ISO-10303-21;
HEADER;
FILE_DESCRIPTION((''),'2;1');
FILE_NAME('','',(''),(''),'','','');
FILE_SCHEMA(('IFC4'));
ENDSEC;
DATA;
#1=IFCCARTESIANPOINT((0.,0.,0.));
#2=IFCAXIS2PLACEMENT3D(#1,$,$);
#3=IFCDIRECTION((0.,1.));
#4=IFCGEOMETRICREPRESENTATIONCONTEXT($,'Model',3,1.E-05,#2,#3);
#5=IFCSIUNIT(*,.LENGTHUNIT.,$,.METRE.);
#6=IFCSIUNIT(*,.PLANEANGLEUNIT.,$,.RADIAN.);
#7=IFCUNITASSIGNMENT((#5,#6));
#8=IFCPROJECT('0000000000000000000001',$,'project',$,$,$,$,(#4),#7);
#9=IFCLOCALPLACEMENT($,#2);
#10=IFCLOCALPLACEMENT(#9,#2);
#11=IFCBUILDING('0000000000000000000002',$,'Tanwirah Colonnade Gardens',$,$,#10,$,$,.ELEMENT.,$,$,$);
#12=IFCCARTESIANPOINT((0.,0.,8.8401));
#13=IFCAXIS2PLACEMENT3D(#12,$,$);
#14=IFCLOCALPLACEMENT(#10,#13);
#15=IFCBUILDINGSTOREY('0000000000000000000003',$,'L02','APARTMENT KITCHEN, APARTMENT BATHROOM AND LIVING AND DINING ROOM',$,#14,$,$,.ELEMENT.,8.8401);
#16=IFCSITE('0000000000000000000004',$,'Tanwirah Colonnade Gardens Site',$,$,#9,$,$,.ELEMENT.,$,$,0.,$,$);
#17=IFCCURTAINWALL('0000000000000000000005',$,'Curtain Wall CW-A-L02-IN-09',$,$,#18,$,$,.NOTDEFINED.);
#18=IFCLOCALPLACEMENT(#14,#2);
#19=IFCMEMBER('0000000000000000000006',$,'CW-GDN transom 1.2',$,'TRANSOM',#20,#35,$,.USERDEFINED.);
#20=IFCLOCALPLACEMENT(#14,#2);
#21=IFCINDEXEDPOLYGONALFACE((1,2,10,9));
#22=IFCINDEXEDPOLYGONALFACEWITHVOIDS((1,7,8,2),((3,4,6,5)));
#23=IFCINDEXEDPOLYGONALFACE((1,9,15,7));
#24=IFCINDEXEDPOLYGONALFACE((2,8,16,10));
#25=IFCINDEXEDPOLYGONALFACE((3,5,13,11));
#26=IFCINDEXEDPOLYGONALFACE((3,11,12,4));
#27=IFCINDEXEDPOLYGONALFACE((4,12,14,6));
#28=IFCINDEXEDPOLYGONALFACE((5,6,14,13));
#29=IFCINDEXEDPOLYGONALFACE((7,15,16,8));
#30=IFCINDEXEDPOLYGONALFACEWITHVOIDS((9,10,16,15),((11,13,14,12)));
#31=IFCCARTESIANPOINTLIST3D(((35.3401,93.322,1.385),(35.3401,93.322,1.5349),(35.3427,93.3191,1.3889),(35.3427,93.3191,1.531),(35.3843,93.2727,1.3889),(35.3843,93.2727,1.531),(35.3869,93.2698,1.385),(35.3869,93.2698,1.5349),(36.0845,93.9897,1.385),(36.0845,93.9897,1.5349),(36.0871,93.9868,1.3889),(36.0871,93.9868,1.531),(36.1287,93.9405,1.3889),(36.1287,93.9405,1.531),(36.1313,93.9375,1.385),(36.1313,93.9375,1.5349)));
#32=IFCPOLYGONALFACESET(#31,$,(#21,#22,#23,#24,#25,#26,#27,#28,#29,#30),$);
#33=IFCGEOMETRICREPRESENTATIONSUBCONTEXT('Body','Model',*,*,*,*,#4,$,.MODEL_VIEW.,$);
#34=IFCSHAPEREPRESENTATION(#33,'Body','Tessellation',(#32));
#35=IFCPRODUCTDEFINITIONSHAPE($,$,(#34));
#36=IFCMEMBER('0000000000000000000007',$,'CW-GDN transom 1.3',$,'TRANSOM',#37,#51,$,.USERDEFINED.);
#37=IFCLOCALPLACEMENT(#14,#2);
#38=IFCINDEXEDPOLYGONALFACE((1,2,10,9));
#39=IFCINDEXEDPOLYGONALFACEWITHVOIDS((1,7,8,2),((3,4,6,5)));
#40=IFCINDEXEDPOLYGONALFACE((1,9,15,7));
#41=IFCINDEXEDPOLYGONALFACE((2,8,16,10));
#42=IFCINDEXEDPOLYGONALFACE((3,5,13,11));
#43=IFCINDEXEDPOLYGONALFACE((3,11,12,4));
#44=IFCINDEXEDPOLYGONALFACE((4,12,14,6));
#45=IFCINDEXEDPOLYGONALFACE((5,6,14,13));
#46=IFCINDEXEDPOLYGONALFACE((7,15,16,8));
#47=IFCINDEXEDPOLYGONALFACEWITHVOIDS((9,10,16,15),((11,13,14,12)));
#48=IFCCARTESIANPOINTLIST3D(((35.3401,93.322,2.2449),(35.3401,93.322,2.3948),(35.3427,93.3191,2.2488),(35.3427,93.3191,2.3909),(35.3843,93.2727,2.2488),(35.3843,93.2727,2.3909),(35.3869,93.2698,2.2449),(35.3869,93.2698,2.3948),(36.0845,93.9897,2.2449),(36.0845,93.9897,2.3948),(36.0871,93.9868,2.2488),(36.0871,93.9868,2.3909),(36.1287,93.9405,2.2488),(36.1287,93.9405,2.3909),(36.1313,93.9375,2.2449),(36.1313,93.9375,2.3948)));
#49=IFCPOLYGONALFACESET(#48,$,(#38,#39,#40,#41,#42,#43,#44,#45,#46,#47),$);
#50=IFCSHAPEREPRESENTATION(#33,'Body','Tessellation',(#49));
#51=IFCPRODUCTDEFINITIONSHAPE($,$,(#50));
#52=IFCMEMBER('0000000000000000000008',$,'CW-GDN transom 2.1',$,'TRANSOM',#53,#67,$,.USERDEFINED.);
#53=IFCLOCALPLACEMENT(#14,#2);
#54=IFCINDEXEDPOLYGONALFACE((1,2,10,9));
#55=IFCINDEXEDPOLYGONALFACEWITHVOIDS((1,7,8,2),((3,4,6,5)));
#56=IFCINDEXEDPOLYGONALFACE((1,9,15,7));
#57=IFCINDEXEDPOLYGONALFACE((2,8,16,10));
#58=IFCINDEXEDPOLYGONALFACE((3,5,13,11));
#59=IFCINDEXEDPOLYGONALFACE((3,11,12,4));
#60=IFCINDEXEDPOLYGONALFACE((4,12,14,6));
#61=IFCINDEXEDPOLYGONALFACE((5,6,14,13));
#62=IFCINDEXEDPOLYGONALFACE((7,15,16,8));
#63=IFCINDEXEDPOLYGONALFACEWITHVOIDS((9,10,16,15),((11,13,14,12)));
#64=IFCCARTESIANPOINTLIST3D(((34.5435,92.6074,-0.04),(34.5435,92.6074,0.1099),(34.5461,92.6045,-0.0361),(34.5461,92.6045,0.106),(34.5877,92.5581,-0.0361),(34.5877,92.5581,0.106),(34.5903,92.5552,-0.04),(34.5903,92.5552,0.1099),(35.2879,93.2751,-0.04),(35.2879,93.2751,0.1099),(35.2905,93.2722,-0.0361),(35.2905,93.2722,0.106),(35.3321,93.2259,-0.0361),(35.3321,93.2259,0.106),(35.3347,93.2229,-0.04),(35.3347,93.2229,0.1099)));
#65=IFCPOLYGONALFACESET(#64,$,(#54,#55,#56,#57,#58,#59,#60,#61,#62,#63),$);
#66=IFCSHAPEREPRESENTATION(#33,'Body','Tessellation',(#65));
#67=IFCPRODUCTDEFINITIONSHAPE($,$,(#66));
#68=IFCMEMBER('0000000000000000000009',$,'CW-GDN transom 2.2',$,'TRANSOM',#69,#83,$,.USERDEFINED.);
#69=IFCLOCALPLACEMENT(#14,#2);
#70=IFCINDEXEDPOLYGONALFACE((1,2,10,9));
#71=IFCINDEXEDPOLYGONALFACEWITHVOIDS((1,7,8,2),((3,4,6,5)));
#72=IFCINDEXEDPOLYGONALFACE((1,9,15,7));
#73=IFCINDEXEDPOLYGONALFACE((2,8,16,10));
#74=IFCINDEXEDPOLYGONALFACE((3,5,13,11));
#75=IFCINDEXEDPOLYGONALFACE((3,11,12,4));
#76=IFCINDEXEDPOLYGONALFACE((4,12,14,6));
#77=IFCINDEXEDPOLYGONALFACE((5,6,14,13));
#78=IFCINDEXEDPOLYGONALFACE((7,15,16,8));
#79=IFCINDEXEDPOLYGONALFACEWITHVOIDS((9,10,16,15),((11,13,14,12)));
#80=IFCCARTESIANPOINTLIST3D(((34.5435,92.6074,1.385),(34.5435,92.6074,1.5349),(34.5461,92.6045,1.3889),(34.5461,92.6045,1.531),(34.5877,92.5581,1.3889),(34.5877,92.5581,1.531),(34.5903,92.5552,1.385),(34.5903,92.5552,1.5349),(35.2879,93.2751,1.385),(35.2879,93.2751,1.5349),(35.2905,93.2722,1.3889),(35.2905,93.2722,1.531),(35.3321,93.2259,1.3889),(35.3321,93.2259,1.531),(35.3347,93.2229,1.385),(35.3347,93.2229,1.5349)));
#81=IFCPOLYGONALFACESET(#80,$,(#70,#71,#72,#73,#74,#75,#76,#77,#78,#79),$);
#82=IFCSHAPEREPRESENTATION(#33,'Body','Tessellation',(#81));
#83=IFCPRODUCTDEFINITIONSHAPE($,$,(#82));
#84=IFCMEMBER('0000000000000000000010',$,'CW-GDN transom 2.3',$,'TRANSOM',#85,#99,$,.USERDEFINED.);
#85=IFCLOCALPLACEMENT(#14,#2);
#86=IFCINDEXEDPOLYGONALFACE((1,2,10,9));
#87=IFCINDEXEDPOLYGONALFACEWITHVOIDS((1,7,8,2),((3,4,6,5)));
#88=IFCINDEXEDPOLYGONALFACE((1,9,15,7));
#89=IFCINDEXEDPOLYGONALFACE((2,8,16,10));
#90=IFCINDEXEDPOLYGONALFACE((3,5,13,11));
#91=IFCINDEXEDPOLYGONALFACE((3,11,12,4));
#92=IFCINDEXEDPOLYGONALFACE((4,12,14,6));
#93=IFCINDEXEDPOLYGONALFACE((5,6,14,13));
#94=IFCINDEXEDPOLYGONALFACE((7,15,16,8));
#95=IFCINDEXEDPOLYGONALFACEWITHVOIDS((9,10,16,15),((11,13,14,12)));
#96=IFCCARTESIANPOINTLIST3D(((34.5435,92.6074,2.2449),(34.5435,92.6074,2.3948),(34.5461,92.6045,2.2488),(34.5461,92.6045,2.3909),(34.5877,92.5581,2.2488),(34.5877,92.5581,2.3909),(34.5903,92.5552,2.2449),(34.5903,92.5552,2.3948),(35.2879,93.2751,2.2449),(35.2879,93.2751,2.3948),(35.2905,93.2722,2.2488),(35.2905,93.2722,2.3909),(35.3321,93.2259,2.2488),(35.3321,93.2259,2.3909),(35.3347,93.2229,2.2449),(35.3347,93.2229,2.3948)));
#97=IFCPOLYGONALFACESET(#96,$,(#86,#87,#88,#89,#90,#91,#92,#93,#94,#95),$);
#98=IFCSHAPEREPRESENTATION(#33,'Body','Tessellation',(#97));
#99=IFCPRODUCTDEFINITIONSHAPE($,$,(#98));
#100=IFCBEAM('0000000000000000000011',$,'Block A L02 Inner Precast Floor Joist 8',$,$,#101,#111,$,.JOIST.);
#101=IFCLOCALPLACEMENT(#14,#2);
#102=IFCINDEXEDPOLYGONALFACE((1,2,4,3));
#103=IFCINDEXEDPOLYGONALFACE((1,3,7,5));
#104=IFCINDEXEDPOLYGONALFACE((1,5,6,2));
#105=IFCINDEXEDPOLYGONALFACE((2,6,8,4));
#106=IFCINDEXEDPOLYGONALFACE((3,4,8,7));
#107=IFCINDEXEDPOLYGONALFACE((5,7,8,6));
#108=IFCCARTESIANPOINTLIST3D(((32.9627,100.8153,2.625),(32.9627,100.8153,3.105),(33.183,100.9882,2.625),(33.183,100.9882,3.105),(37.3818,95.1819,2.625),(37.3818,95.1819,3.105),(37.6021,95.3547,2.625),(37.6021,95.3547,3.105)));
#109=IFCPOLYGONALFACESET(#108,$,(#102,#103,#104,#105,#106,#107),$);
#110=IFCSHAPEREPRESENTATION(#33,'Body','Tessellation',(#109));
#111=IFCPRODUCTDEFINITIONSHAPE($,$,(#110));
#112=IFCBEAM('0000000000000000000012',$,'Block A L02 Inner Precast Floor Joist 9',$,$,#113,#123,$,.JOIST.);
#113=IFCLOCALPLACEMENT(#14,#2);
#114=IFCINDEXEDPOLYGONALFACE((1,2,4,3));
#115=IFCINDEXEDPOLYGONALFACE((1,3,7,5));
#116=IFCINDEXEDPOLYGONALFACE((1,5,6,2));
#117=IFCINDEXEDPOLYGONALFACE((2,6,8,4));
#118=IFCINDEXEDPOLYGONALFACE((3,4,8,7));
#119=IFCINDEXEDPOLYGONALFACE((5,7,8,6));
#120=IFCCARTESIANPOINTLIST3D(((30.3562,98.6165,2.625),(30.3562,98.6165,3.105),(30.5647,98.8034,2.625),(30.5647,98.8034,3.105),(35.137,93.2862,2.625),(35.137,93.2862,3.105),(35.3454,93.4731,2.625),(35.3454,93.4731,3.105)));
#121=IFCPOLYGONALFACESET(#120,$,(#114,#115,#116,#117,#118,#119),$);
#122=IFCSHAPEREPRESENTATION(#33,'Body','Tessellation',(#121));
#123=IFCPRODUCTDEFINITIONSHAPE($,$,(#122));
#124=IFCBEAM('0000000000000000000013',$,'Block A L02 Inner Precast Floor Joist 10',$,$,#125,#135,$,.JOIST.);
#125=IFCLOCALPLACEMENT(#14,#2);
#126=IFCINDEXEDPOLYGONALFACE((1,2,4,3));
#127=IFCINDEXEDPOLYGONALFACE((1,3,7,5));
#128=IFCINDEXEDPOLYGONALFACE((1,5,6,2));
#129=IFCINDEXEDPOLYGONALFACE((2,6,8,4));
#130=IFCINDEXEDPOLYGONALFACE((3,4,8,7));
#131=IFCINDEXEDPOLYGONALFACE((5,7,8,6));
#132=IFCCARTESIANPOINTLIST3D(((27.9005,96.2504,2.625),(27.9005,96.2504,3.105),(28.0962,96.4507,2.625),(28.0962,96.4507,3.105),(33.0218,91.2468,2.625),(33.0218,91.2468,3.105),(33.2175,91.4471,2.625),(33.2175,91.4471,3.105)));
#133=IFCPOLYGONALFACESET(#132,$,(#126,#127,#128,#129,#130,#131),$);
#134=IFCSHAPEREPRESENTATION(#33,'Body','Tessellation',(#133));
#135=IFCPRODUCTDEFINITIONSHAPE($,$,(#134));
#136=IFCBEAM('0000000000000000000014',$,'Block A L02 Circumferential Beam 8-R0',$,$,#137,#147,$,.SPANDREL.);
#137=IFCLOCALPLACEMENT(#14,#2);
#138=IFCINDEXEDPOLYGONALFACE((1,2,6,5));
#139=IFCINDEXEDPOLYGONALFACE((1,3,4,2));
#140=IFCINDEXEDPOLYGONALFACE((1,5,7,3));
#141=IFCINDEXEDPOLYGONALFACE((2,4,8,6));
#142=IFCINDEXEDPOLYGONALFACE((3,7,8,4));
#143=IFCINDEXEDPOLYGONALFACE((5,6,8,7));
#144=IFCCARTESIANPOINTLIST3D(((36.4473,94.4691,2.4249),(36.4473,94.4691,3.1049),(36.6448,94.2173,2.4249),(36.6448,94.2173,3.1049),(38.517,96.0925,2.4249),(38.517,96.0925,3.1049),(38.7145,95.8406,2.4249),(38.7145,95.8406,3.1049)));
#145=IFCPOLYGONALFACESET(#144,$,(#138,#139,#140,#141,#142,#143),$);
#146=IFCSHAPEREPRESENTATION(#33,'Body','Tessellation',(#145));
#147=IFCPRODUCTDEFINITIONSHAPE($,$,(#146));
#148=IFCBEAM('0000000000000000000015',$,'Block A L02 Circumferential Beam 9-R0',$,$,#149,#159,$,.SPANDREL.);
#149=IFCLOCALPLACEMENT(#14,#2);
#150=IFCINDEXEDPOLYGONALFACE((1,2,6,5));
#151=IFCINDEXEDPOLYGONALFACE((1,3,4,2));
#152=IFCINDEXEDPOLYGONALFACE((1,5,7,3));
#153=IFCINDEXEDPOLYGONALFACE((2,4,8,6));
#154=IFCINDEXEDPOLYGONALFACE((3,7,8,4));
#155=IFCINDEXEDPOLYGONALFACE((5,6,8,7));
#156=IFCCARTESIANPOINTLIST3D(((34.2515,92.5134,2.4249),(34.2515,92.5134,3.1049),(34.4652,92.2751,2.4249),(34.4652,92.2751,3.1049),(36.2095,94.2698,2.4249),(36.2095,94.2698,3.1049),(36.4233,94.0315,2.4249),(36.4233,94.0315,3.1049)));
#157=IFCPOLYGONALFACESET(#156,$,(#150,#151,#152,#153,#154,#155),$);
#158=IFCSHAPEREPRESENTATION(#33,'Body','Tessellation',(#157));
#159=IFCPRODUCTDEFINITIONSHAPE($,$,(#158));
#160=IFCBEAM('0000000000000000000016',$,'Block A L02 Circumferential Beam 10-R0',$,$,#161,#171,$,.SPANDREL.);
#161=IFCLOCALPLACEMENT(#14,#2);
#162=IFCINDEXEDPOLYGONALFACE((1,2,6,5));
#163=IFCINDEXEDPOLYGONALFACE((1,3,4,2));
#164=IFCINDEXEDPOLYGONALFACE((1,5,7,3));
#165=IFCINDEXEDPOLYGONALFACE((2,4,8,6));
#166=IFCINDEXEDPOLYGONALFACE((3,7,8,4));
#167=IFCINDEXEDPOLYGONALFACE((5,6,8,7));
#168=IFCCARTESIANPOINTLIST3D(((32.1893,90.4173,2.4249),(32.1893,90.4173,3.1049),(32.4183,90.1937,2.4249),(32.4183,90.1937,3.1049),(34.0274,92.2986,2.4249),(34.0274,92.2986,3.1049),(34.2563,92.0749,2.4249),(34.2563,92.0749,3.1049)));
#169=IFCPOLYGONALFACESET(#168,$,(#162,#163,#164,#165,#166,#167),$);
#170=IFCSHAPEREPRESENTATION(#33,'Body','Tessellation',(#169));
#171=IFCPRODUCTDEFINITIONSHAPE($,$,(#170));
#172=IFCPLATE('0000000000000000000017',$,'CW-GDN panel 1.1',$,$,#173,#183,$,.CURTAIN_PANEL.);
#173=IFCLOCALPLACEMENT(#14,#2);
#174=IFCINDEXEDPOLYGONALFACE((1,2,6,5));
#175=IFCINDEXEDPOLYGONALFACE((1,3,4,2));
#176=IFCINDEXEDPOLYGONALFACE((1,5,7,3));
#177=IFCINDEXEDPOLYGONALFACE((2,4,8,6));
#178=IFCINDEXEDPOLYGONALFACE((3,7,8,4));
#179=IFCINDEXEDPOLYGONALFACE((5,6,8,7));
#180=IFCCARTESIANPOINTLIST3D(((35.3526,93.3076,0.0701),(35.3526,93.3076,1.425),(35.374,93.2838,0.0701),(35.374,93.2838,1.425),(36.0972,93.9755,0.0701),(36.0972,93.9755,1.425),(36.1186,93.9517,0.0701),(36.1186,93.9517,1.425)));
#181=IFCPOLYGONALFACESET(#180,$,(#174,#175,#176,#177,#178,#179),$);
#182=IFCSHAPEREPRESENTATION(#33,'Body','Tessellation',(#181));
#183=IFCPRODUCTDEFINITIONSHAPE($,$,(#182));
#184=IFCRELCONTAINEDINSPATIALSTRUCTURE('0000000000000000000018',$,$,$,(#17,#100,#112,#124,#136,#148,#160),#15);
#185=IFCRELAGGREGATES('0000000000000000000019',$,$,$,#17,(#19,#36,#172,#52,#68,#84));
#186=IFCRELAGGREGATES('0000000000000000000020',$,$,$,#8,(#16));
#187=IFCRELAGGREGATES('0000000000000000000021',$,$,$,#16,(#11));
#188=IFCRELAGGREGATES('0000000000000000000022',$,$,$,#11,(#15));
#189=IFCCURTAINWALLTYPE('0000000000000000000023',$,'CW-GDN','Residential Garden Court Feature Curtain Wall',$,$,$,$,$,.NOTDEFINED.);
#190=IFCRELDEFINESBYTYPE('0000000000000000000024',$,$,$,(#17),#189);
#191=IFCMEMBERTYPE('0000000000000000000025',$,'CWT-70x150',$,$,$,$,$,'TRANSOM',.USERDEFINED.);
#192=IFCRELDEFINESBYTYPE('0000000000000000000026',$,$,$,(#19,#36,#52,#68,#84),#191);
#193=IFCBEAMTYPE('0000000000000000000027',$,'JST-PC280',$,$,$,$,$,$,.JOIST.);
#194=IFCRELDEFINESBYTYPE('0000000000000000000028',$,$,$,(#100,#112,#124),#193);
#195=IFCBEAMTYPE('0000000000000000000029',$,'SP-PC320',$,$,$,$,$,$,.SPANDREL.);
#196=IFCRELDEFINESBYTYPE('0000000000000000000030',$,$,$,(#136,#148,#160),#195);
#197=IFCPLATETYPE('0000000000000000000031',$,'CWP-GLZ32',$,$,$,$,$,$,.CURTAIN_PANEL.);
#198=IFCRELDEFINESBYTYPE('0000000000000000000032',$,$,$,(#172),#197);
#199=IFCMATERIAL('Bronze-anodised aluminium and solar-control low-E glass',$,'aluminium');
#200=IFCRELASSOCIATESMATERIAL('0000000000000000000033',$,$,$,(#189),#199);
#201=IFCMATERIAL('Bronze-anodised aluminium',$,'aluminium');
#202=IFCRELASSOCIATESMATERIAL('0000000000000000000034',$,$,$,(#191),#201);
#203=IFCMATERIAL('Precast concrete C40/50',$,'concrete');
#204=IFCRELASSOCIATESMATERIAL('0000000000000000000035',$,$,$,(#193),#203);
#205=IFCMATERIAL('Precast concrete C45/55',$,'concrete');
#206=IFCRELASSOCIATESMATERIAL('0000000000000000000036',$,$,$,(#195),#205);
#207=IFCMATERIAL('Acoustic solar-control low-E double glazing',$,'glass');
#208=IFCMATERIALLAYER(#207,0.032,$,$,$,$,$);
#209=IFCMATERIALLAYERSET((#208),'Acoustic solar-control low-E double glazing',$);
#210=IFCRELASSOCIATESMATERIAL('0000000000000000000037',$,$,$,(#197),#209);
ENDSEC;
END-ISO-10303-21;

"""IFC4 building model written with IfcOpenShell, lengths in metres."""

from ifc_helpers import new_model, si_unit, direction, frame, origin, origin_2d, place, context, subcontext, project, spatial, rectangle, hollow_rectangle, extrude, material, layer, layer_set, material_profile, profile_set, type_object, element, aggregate, save


model = new_model("IFC4")

# Units and contexts
model_context = context("Model", 3, precision=1e-05, world=origin(), true_north=direction((0.0, 1.0)))
body_context = subcontext(model_context, "Body", "Model", "MODEL_VIEW")
ifc_project = project(units=[si_unit("LENGTHUNIT", "METRE"), si_unit("PLANEANGLEUNIT", "RADIAN")], contexts=[model_context])

# Site, building, storey
site_placement = place(None, origin())
site = spatial("IfcSite", under=ifc_project, at=site_placement, Name="Tanwirah Colonnade Gardens Site", CompositionType="ELEMENT", RefElevation=0.0)
building_placement = place(site_placement, origin())
building = spatial("IfcBuilding", under=site, at=building_placement, Name="Tanwirah Colonnade Gardens", CompositionType="ELEMENT")
storey_placement = place(building_placement, frame((0.0, 0.0, 8.8401)))
storey = spatial("IfcBuildingStorey", under=building, at=storey_placement, Name="L02", Description="APARTMENT KITCHEN, APARTMENT BATHROOM AND LIVING AND DINING ROOM", CompositionType="ELEMENT", Elevation=8.8401)

# Shared definitions
ifc_material_1 = material(Name="Precast concrete C45/55", Category="concrete")
ifc_material_2 = material(Name="Precast concrete C40/50", Category="concrete")

# Curtain wall, members
ifc_material_3 = material(Name="Bronze-anodised aluminium and solar-control low-E glass", Category="aluminium")
curtain_wall_type = type_object("IfcCurtainWallType", Name="CW-GDN", Description="Residential Garden Court Feature Curtain Wall", PredefinedType="NOTDEFINED", material=ifc_material_3)
curtain_wall_placement = place(storey_placement, origin())
curtain_wall = element("IfcCurtainWall", 1, at=curtain_wall_placement, inside=storey, type_object=curtain_wall_type, Name="Curtain Wall CW-A-L02-IN-09", PredefinedType="NOTDEFINED")
ifc_material_4 = material(Name="Bronze-anodised aluminium", Category="aluminium")
ifc_material_profile_1 = material_profile(ifc_material_4, hollow_rectangle(XDim=0.0701, YDim=0.1499, WallThickness=0.0039, at=origin_2d()), Name="CW-TRN 70x150x4")
ifc_profile_set_1 = profile_set([ifc_material_profile_1], Name="Bronze-anodised aluminium")
member_type_1 = type_object("IfcMemberType", Name="CWT-70x150", ElementType="TRANSOM", PredefinedType="USERDEFINED", material=ifc_profile_set_1)
member_1_placement = place(storey_placement, frame((36.1079, 93.9636, 1.46), z_axis=(-0.744398, -0.667736, 0.0), x_axis=(0.667736, -0.744398, 0.0)))
member_1 = element("IfcMember", 2, at=member_1_placement, type_object=member_type_1, Name="CW-GDN transom 1.2", ObjectType="TRANSOM", PredefinedType="USERDEFINED", context=body_context, shape_type="SweptSolid", body=[
    extrude(hollow_rectangle(XDim=0.0701, YDim=0.1499, WallThickness=0.0039, at=origin_2d()), origin(), (0.0, 0.0, 1.0), 1.0),
])
member_2_placement = place(storey_placement, frame((36.1079, 93.9636, 2.3198), z_axis=(-0.744398, -0.667736, 0.0), x_axis=(0.667736, -0.744398, 0.0)))
member_2 = element("IfcMember", 3, at=member_2_placement, type_object=member_type_1, Name="CW-GDN transom 1.3", ObjectType="TRANSOM", PredefinedType="USERDEFINED", context=body_context, shape_type="SweptSolid", body=[
    extrude(hollow_rectangle(XDim=0.0701, YDim=0.1499, WallThickness=0.0039, at=origin_2d()), origin(), (0.0, 0.0, 1.0), 1.0),
])
member_3_placement = place(storey_placement, frame((35.3113, 93.249, 0.0349), z_axis=(-0.744398, -0.667736, 0.0), x_axis=(0.667736, -0.744398, 0.0)))
member_3 = element("IfcMember", 4, at=member_3_placement, type_object=member_type_1, Name="CW-GDN transom 2.1", ObjectType="TRANSOM", PredefinedType="USERDEFINED", context=body_context, shape_type="SweptSolid", body=[
    extrude(hollow_rectangle(XDim=0.0701, YDim=0.1499, WallThickness=0.0039, at=origin_2d()), origin(), (0.0, 0.0, 1.0), 1.0),
])
member_4_placement = place(storey_placement, frame((35.3113, 93.249, 1.46), z_axis=(-0.744398, -0.667736, 0.0), x_axis=(0.667736, -0.744398, 0.0)))
member_4 = element("IfcMember", 5, at=member_4_placement, type_object=member_type_1, Name="CW-GDN transom 2.2", ObjectType="TRANSOM", PredefinedType="USERDEFINED", context=body_context, shape_type="SweptSolid", body=[
    extrude(hollow_rectangle(XDim=0.0701, YDim=0.1499, WallThickness=0.0039, at=origin_2d()), origin(), (0.0, 0.0, 1.0), 1.0),
])
member_5_placement = place(storey_placement, frame((35.3113, 93.249, 2.3198), z_axis=(-0.744398, -0.667736, 0.0), x_axis=(0.667736, -0.744398, 0.0)))
member_5 = element("IfcMember", 6, at=member_5_placement, type_object=member_type_1, Name="CW-GDN transom 2.3", ObjectType="TRANSOM", PredefinedType="USERDEFINED", context=body_context, shape_type="SweptSolid", body=[
    extrude(hollow_rectangle(XDim=0.0701, YDim=0.1499, WallThickness=0.0039, at=origin_2d()), origin(), (0.0, 0.0, 1.0), 1.0),
])

# Beams
ifc_material_profile_2 = material_profile(ifc_material_2, rectangle(XDim=0.28, YDim=0.48, at=origin_2d()), Name="PC-JST 280x480")
ifc_profile_set_2 = profile_set([ifc_material_profile_2], Name="Precast concrete C40/50")
beam_type_1 = type_object("IfcBeamType", Name="JST-PC280", PredefinedType="JOIST", material=ifc_profile_set_2)
beam_1_placement = place(storey_placement, frame((37.4919, 95.2683, 2.865), z_axis=(-0.617202, 0.786804, 0.0), x_axis=(-0.786804, -0.617202, 0.0)))
element("IfcBeam", 7, at=beam_1_placement, inside=storey, type_object=beam_type_1, Name="Block A L02 Inner Precast Floor Joist 8", PredefinedType="JOIST", context=body_context, shape_type="SweptSolid", body=[
    extrude(rectangle(XDim=0.28, YDim=0.48, at=origin_2d()), origin(), (0.0, 0.0, 1.0), 7.1599),
])
beam_2_placement = place(storey_placement, frame((35.2412, 93.3796, 2.865), z_axis=(-0.667688, 0.744441, 0.0), x_axis=(-0.744441, -0.667688, 0.0)))
element("IfcBeam", 8, at=beam_2_placement, inside=storey, type_object=beam_type_1, Name="Block A L02 Inner Precast Floor Joist 9", PredefinedType="JOIST", context=body_context, shape_type="SweptSolid", body=[
    extrude(rectangle(XDim=0.28, YDim=0.48, at=origin_2d()), origin(), (0.0, 0.0, 1.0), 7.1602),
])
beam_3_placement = place(storey_placement, frame((33.1196, 91.3469, 2.865), z_axis=(-0.715277, 0.698841, 0.0), x_axis=(-0.698841, -0.715277, 0.0)))
element("IfcBeam", 9, at=beam_3_placement, inside=storey, type_object=beam_type_1, Name="Block A L02 Inner Precast Floor Joist 10", PredefinedType="JOIST", context=body_context, shape_type="SweptSolid", body=[
    extrude(rectangle(XDim=0.28, YDim=0.48, at=origin_2d()), origin(), (0.0, 0.0, 1.0), 7.1599),
])
ifc_material_profile_3 = material_profile(ifc_material_1, rectangle(XDim=0.3201, YDim=0.6799, at=origin_2d()), Name="PC-SP 320x680")
ifc_profile_set_3 = profile_set([ifc_material_profile_3], Name="Precast concrete C45/55")
beam_type_2 = type_object("IfcBeamType", Name="SP-PC320", PredefinedType="SPANDREL", material=ifc_profile_set_3)
for number, where, z_axis, x_axis, name in (
    (10, (38.6157, 95.9666, 2.7649), (-0.786837, -0.617161, 0.0), (0.617161, -0.786837, 0.0), "Block A L02 Circumferential Beam 8-R0"),
    (11, (36.3164, 94.1506, 2.7649), (-0.744401, -0.667733, 0.0), (0.667733, -0.744401, 0.0), "Block A L02 Circumferential Beam 9-R0"),
):
    element("IfcBeam", number, at=place(storey_placement, frame(where, z_axis=z_axis, x_axis=x_axis)), inside=storey, type_object=beam_type_2, Name=name, PredefinedType="SPANDREL", context=body_context, shape_type="SweptSolid", body=[
        extrude(rectangle(XDim=0.3201, YDim=0.6799, at=origin_2d()), origin(), (0.0, 0.0, 1.0), 2.6304),
    ])
beam_4_placement = place(storey_placement, frame((34.1418, 92.1868, 2.7649), z_axis=(-0.698844, -0.715274, 0.0), x_axis=(0.715274, -0.698844, 0.0)))
element("IfcBeam", 12, at=beam_4_placement, inside=storey, type_object=beam_type_2, Name="Block A L02 Circumferential Beam 10-R0", PredefinedType="SPANDREL", context=body_context, shape_type="SweptSolid", body=[
    extrude(rectangle(XDim=0.3201, YDim=0.6799, at=origin_2d()), origin(), (0.0, 0.0, 1.0), 2.6301),
])

# Plate
ifc_material_5 = material(Name="Acoustic solar-control low-E double glazing", Category="glass")
ifc_layer_1 = layer(ifc_material_5, 0.032)
ifc_layer_set_1 = layer_set([ifc_layer_1], Name="Acoustic solar-control low-E double glazing")
plate_type = type_object("IfcPlateType", Name="CWP-GLZ32", PredefinedType="CURTAIN_PANEL", material=ifc_layer_set_1)
plate_1_placement = place(storey_placement, frame((35.7356, 93.6296, 0.0701), z_axis=(0.0, 0.0, 1.0), x_axis=(-0.74444, -0.667689, 0.0)))
plate_1 = element("IfcPlate", 13, at=plate_1_placement, type_object=plate_type, Name="CW-GDN panel 1.1", PredefinedType="CURTAIN_PANEL", context=body_context, shape_type="SweptSolid", body=[
    extrude(rectangle(XDim=1.0002, YDim=0.032, at=origin_2d()), origin(), (0.0, 0.0, 1.0), 1.355),
])
aggregate(curtain_wall, [member_1, member_2, plate_1, member_3, member_4, member_5])

save(model, "model.ifc")
